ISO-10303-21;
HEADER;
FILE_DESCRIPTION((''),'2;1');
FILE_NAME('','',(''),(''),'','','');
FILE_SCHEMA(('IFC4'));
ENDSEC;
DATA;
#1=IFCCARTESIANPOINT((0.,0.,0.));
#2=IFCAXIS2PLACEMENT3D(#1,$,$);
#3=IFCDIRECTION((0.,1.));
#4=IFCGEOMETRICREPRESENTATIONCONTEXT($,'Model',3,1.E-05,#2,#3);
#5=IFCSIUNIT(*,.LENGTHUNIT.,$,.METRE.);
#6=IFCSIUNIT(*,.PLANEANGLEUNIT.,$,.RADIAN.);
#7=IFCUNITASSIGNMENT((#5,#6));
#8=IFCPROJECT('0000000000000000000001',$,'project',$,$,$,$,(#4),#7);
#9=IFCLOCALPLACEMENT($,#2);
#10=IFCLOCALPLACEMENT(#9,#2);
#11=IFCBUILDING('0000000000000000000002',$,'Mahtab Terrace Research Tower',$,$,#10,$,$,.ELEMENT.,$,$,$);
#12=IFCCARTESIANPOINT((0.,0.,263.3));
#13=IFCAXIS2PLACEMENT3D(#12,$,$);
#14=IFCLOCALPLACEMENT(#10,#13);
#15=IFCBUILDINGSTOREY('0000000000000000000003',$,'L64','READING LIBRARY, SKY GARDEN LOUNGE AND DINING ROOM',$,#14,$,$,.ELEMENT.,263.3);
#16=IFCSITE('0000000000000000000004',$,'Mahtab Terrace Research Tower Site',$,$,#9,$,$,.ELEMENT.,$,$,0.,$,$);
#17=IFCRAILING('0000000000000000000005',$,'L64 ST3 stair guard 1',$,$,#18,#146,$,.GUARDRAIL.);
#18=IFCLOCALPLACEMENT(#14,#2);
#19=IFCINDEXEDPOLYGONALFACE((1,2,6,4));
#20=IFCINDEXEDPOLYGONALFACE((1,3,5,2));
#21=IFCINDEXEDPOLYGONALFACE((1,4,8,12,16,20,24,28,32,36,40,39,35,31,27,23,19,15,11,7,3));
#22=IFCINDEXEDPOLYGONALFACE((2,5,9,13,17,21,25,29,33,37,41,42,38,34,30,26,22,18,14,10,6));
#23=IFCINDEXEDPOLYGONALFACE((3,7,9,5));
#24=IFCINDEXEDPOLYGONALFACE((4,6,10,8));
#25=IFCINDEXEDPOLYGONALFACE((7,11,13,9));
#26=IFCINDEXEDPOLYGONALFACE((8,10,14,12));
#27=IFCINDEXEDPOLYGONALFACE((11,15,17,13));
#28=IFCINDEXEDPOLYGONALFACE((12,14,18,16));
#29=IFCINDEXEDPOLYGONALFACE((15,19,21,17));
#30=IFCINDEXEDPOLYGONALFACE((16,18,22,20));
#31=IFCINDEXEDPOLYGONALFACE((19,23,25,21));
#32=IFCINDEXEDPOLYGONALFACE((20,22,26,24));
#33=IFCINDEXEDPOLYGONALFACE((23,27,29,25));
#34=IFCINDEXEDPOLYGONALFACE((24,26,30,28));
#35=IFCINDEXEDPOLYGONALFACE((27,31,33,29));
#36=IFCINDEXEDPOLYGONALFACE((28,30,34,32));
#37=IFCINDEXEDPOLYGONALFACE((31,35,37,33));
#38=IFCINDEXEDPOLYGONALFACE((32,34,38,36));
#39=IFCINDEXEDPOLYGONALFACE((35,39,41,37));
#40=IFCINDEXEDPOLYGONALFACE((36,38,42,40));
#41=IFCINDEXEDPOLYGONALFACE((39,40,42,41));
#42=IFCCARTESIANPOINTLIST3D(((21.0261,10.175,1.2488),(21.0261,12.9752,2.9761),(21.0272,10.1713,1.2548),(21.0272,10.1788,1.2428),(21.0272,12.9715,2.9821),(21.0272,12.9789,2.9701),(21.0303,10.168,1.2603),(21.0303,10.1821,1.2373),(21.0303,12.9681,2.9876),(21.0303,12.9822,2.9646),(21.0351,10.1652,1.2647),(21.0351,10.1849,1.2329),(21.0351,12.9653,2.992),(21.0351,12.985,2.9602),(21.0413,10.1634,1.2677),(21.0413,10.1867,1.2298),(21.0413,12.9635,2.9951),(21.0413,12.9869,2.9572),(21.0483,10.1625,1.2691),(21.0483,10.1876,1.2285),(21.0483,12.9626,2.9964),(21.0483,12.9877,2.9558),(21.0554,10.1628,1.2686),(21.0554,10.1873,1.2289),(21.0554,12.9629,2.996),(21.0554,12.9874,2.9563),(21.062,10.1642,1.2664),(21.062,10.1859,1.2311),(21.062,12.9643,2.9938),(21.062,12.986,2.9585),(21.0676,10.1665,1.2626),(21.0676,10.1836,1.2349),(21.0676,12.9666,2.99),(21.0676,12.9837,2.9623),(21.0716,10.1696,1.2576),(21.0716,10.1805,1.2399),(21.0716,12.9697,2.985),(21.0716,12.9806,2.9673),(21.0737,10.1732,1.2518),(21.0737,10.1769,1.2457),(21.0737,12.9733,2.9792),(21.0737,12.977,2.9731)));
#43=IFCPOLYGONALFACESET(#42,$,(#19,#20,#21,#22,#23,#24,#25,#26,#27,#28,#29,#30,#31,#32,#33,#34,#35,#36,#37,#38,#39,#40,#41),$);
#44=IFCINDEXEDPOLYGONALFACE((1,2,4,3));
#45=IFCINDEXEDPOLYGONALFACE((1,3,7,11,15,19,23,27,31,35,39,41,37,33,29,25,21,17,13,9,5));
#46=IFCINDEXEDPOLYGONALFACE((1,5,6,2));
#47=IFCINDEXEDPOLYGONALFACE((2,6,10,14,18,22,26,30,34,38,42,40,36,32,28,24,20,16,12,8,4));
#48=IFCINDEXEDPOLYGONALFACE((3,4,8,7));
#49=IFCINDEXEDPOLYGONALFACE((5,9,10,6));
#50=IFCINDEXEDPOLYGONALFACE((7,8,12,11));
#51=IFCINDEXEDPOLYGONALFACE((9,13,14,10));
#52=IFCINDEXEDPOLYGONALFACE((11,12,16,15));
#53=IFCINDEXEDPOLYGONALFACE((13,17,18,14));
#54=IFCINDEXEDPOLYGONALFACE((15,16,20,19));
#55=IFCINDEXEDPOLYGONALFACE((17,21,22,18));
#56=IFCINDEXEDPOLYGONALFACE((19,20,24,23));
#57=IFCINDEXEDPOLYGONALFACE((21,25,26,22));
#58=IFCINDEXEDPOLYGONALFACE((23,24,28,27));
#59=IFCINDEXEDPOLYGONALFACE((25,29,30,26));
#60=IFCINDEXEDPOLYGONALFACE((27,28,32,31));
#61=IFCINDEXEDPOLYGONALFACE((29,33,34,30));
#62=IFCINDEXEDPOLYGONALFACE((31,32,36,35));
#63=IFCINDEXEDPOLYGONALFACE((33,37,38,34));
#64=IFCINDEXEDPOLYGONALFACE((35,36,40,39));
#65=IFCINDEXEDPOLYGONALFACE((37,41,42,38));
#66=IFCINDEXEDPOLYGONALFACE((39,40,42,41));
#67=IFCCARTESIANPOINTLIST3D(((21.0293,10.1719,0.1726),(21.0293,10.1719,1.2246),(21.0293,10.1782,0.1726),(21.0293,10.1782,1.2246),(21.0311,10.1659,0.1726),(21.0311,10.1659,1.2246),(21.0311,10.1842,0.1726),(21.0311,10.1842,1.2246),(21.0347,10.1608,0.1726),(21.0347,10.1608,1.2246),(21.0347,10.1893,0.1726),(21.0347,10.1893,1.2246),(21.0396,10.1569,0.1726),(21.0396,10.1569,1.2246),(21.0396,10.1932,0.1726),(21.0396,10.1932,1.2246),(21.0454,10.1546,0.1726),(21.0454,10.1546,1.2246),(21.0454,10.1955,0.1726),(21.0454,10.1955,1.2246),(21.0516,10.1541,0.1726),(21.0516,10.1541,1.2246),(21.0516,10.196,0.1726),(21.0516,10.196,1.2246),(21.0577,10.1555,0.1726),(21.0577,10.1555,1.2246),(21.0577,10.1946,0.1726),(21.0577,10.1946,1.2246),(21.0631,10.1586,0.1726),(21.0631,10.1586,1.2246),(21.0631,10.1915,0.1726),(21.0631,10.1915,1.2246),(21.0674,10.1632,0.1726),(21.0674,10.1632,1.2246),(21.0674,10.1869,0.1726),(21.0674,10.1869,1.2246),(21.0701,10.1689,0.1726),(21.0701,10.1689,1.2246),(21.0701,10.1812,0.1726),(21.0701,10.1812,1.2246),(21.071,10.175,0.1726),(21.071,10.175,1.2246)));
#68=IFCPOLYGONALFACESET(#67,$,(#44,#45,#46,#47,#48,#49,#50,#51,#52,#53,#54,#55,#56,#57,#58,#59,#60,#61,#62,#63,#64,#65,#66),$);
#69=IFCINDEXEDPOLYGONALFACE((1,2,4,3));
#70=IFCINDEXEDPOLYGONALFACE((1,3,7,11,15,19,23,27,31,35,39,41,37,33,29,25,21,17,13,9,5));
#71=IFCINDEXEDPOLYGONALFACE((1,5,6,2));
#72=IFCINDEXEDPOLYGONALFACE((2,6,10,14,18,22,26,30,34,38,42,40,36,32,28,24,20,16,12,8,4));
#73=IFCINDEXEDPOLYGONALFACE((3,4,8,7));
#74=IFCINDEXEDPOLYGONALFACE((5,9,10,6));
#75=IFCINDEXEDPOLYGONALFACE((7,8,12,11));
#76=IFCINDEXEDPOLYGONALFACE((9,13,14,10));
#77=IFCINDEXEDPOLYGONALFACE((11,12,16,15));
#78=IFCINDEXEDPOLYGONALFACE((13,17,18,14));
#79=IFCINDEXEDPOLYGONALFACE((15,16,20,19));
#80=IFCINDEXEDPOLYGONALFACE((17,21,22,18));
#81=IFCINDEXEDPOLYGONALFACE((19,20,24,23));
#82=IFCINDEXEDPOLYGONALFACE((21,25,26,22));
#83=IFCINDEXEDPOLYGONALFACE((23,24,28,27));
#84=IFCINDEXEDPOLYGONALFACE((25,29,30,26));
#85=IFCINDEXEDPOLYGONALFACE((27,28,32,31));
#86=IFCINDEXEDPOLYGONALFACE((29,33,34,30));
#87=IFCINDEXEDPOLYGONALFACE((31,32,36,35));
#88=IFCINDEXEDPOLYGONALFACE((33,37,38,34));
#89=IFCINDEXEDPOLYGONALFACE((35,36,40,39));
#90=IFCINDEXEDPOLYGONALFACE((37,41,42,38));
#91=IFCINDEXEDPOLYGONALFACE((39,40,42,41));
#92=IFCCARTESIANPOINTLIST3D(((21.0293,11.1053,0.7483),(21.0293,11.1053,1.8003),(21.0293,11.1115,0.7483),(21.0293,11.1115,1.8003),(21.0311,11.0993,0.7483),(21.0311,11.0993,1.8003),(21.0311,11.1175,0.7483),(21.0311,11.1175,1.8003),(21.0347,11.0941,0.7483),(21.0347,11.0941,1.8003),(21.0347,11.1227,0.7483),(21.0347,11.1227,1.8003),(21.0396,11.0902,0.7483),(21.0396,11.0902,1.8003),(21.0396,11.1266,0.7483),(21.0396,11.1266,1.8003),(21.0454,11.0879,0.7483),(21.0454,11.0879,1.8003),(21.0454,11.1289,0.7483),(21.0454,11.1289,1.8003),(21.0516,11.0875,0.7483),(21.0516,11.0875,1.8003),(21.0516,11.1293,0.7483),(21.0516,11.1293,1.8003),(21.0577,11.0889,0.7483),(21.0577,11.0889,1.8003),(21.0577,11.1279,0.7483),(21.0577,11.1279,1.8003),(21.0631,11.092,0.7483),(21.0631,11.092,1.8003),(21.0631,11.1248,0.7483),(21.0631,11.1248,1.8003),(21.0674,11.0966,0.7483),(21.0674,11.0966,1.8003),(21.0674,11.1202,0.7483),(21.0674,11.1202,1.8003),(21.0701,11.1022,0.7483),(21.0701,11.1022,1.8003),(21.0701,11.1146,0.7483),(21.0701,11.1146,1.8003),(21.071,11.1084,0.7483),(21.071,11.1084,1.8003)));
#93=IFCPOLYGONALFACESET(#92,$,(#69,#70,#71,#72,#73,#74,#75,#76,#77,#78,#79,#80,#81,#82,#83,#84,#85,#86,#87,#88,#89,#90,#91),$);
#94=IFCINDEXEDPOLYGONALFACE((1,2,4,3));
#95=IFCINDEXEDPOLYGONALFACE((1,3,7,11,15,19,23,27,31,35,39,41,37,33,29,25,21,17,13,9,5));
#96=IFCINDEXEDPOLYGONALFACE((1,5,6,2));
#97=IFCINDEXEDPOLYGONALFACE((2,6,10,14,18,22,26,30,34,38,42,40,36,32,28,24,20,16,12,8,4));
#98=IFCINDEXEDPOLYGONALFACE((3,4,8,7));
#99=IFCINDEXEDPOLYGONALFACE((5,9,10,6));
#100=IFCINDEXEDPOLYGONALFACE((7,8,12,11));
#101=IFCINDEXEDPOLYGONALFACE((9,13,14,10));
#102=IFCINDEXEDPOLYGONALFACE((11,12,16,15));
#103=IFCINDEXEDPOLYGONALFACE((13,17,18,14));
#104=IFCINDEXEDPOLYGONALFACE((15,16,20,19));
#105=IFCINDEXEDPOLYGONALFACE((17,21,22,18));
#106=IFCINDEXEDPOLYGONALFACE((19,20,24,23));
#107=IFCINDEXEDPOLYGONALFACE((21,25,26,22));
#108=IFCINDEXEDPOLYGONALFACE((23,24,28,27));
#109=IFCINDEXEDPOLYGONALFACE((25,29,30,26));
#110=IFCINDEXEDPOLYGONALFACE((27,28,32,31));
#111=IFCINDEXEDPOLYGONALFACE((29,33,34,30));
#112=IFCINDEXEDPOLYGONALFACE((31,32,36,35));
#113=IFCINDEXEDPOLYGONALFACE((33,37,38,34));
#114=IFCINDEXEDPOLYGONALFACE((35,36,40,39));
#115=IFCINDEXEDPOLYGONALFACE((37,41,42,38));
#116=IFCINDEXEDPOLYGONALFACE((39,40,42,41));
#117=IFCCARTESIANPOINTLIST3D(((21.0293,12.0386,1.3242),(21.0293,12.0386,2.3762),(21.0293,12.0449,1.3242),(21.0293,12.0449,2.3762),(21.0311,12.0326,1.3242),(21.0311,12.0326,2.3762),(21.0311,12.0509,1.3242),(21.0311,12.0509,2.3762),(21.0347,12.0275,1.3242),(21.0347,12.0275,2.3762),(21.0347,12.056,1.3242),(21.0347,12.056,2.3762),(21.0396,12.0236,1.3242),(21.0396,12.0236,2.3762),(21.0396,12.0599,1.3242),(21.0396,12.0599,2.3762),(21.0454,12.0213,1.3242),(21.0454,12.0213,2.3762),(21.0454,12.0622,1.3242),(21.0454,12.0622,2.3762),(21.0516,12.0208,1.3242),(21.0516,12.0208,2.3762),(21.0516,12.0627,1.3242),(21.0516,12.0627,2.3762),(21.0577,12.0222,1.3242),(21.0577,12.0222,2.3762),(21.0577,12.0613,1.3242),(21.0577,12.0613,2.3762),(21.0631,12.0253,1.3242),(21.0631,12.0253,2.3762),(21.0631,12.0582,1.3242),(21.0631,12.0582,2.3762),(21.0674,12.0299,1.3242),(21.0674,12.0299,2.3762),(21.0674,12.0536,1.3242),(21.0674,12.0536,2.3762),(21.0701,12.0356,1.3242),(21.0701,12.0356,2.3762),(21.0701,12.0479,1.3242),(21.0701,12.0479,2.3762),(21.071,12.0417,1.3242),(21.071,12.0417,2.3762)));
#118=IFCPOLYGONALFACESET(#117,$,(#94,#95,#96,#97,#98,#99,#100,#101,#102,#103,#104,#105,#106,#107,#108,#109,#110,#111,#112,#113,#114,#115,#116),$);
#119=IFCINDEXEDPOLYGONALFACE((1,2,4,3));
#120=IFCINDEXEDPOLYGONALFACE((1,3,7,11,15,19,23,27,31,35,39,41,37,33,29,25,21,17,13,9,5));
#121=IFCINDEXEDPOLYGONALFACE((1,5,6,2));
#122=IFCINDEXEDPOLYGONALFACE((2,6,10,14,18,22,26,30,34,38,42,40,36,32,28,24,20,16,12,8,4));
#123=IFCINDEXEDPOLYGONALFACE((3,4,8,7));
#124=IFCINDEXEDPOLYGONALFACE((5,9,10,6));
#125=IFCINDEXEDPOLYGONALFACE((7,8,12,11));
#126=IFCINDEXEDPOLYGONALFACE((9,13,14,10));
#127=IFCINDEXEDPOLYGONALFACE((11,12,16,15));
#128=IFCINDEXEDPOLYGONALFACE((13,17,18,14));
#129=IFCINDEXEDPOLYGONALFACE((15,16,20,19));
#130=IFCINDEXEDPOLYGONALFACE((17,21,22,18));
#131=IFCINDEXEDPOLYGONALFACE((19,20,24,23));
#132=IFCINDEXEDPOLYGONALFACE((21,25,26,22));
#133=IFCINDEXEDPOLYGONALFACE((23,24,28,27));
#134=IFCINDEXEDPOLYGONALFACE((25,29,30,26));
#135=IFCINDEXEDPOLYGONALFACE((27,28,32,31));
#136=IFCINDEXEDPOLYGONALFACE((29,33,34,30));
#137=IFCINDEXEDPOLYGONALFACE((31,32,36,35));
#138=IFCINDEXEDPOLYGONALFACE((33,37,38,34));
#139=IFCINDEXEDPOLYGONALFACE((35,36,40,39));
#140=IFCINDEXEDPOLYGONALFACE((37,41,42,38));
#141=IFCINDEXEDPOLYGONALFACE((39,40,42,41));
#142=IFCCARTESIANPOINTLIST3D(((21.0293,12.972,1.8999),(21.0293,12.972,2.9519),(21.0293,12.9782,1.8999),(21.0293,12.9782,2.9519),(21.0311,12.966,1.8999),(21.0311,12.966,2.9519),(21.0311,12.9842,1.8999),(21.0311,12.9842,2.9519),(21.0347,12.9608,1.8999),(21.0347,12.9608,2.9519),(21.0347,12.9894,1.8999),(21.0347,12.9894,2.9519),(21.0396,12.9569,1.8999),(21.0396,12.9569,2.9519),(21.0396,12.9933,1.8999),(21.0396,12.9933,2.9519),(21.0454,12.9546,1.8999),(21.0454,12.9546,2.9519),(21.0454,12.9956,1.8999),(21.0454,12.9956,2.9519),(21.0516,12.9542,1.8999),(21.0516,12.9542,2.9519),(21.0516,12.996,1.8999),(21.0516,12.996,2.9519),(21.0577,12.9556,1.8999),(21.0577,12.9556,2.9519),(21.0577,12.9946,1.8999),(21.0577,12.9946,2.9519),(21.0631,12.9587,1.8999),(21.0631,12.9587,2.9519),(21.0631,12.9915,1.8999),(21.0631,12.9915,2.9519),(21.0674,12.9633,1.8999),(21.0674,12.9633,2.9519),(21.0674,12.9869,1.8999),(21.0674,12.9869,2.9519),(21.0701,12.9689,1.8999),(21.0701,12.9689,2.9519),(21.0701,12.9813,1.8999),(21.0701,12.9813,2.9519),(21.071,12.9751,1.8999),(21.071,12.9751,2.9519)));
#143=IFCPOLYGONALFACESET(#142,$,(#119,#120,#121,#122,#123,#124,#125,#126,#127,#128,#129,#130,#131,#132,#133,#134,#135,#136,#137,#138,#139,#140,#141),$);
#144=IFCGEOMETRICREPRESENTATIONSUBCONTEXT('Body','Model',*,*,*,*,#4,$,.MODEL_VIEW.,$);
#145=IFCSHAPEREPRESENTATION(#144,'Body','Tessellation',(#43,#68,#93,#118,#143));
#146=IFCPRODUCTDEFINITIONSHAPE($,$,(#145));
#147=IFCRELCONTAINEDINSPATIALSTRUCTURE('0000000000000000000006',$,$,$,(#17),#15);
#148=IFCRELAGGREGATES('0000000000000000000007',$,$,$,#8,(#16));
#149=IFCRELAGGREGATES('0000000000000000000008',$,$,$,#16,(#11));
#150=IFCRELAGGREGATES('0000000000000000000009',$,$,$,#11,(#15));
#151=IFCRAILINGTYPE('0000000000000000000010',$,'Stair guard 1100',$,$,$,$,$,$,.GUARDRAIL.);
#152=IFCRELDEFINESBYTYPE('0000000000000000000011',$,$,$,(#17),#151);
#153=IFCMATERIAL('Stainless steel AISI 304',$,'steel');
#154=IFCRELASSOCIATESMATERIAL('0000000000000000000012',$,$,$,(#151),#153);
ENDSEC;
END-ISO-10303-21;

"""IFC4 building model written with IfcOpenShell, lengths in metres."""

from ifc_helpers import new_model, si_unit, direction, frame, origin, origin_2d, place, context, subcontext, project, spatial, circle, extrude, material, type_object, element, save


model = new_model("IFC4")

# Units and contexts
model_context = context("Model", 3, precision=1e-05, world=origin(), true_north=direction((0.0, 1.0)))
body_context = subcontext(model_context, "Body", "Model", "MODEL_VIEW")
ifc_project = project(units=[si_unit("LENGTHUNIT", "METRE"), si_unit("PLANEANGLEUNIT", "RADIAN")], contexts=[model_context])

# Site, building, storey
site_placement = place(None, origin())
site = spatial("IfcSite", under=ifc_project, at=site_placement, Name="Mahtab Terrace Research Tower Site", CompositionType="ELEMENT", RefElevation=0.0)
building_placement = place(site_placement, origin())
building = spatial("IfcBuilding", under=site, at=building_placement, Name="Mahtab Terrace Research Tower", CompositionType="ELEMENT")
storey_placement = place(building_placement, frame((0.0, 0.0, 263.3)))
storey = spatial("IfcBuildingStorey", under=building, at=storey_placement, Name="L64", Description="READING LIBRARY, SKY GARDEN LOUNGE AND DINING ROOM", CompositionType="ELEMENT", Elevation=263.3)

# Shared definitions
ifc_material_1 = material(Name="Stainless steel AISI 304", Category="steel")

# Railing
railing_type_1 = type_object("IfcRailingType", Name="Stair guard 1100", PredefinedType="GUARDRAIL", material=ifc_material_1)
railing_1_placement = place(storey_placement, frame((21.05, 10.175, 0.1726)))
element("IfcRailing", 1, at=railing_1_placement, inside=storey, type_object=railing_type_1, Name="L64 ST3 stair guard 1", PredefinedType="GUARDRAIL", context=body_context, shape_type="SweptSolid", body=[
    extrude(circle(Radius=0.0239, at=origin_2d()), frame((0.0, 0.0, 1.0762), z_axis=(0.0, 0.85109, 0.52502), x_axis=(-1.0, 0.0, 0.0)), (0.0, 0.0, 1.0), 3.29),
    extrude(circle(Radius=0.021, at=origin_2d()), origin(), (0.0, 0.0, 1.0), 1.052),
    extrude(circle(Radius=0.021, at=origin_2d()), frame((0.0, 0.9333, 0.5757)), (0.0, 0.0, 1.0), 1.052),
    extrude(circle(Radius=0.021, at=origin_2d()), frame((0.0, 1.8667, 1.1516)), (0.0, 0.0, 1.0), 1.052),
    extrude(circle(Radius=0.021, at=origin_2d()), frame((0.0, 2.8, 1.7273)), (0.0, 0.0, 1.0), 1.052),
])

save(model, "model.ifc")
